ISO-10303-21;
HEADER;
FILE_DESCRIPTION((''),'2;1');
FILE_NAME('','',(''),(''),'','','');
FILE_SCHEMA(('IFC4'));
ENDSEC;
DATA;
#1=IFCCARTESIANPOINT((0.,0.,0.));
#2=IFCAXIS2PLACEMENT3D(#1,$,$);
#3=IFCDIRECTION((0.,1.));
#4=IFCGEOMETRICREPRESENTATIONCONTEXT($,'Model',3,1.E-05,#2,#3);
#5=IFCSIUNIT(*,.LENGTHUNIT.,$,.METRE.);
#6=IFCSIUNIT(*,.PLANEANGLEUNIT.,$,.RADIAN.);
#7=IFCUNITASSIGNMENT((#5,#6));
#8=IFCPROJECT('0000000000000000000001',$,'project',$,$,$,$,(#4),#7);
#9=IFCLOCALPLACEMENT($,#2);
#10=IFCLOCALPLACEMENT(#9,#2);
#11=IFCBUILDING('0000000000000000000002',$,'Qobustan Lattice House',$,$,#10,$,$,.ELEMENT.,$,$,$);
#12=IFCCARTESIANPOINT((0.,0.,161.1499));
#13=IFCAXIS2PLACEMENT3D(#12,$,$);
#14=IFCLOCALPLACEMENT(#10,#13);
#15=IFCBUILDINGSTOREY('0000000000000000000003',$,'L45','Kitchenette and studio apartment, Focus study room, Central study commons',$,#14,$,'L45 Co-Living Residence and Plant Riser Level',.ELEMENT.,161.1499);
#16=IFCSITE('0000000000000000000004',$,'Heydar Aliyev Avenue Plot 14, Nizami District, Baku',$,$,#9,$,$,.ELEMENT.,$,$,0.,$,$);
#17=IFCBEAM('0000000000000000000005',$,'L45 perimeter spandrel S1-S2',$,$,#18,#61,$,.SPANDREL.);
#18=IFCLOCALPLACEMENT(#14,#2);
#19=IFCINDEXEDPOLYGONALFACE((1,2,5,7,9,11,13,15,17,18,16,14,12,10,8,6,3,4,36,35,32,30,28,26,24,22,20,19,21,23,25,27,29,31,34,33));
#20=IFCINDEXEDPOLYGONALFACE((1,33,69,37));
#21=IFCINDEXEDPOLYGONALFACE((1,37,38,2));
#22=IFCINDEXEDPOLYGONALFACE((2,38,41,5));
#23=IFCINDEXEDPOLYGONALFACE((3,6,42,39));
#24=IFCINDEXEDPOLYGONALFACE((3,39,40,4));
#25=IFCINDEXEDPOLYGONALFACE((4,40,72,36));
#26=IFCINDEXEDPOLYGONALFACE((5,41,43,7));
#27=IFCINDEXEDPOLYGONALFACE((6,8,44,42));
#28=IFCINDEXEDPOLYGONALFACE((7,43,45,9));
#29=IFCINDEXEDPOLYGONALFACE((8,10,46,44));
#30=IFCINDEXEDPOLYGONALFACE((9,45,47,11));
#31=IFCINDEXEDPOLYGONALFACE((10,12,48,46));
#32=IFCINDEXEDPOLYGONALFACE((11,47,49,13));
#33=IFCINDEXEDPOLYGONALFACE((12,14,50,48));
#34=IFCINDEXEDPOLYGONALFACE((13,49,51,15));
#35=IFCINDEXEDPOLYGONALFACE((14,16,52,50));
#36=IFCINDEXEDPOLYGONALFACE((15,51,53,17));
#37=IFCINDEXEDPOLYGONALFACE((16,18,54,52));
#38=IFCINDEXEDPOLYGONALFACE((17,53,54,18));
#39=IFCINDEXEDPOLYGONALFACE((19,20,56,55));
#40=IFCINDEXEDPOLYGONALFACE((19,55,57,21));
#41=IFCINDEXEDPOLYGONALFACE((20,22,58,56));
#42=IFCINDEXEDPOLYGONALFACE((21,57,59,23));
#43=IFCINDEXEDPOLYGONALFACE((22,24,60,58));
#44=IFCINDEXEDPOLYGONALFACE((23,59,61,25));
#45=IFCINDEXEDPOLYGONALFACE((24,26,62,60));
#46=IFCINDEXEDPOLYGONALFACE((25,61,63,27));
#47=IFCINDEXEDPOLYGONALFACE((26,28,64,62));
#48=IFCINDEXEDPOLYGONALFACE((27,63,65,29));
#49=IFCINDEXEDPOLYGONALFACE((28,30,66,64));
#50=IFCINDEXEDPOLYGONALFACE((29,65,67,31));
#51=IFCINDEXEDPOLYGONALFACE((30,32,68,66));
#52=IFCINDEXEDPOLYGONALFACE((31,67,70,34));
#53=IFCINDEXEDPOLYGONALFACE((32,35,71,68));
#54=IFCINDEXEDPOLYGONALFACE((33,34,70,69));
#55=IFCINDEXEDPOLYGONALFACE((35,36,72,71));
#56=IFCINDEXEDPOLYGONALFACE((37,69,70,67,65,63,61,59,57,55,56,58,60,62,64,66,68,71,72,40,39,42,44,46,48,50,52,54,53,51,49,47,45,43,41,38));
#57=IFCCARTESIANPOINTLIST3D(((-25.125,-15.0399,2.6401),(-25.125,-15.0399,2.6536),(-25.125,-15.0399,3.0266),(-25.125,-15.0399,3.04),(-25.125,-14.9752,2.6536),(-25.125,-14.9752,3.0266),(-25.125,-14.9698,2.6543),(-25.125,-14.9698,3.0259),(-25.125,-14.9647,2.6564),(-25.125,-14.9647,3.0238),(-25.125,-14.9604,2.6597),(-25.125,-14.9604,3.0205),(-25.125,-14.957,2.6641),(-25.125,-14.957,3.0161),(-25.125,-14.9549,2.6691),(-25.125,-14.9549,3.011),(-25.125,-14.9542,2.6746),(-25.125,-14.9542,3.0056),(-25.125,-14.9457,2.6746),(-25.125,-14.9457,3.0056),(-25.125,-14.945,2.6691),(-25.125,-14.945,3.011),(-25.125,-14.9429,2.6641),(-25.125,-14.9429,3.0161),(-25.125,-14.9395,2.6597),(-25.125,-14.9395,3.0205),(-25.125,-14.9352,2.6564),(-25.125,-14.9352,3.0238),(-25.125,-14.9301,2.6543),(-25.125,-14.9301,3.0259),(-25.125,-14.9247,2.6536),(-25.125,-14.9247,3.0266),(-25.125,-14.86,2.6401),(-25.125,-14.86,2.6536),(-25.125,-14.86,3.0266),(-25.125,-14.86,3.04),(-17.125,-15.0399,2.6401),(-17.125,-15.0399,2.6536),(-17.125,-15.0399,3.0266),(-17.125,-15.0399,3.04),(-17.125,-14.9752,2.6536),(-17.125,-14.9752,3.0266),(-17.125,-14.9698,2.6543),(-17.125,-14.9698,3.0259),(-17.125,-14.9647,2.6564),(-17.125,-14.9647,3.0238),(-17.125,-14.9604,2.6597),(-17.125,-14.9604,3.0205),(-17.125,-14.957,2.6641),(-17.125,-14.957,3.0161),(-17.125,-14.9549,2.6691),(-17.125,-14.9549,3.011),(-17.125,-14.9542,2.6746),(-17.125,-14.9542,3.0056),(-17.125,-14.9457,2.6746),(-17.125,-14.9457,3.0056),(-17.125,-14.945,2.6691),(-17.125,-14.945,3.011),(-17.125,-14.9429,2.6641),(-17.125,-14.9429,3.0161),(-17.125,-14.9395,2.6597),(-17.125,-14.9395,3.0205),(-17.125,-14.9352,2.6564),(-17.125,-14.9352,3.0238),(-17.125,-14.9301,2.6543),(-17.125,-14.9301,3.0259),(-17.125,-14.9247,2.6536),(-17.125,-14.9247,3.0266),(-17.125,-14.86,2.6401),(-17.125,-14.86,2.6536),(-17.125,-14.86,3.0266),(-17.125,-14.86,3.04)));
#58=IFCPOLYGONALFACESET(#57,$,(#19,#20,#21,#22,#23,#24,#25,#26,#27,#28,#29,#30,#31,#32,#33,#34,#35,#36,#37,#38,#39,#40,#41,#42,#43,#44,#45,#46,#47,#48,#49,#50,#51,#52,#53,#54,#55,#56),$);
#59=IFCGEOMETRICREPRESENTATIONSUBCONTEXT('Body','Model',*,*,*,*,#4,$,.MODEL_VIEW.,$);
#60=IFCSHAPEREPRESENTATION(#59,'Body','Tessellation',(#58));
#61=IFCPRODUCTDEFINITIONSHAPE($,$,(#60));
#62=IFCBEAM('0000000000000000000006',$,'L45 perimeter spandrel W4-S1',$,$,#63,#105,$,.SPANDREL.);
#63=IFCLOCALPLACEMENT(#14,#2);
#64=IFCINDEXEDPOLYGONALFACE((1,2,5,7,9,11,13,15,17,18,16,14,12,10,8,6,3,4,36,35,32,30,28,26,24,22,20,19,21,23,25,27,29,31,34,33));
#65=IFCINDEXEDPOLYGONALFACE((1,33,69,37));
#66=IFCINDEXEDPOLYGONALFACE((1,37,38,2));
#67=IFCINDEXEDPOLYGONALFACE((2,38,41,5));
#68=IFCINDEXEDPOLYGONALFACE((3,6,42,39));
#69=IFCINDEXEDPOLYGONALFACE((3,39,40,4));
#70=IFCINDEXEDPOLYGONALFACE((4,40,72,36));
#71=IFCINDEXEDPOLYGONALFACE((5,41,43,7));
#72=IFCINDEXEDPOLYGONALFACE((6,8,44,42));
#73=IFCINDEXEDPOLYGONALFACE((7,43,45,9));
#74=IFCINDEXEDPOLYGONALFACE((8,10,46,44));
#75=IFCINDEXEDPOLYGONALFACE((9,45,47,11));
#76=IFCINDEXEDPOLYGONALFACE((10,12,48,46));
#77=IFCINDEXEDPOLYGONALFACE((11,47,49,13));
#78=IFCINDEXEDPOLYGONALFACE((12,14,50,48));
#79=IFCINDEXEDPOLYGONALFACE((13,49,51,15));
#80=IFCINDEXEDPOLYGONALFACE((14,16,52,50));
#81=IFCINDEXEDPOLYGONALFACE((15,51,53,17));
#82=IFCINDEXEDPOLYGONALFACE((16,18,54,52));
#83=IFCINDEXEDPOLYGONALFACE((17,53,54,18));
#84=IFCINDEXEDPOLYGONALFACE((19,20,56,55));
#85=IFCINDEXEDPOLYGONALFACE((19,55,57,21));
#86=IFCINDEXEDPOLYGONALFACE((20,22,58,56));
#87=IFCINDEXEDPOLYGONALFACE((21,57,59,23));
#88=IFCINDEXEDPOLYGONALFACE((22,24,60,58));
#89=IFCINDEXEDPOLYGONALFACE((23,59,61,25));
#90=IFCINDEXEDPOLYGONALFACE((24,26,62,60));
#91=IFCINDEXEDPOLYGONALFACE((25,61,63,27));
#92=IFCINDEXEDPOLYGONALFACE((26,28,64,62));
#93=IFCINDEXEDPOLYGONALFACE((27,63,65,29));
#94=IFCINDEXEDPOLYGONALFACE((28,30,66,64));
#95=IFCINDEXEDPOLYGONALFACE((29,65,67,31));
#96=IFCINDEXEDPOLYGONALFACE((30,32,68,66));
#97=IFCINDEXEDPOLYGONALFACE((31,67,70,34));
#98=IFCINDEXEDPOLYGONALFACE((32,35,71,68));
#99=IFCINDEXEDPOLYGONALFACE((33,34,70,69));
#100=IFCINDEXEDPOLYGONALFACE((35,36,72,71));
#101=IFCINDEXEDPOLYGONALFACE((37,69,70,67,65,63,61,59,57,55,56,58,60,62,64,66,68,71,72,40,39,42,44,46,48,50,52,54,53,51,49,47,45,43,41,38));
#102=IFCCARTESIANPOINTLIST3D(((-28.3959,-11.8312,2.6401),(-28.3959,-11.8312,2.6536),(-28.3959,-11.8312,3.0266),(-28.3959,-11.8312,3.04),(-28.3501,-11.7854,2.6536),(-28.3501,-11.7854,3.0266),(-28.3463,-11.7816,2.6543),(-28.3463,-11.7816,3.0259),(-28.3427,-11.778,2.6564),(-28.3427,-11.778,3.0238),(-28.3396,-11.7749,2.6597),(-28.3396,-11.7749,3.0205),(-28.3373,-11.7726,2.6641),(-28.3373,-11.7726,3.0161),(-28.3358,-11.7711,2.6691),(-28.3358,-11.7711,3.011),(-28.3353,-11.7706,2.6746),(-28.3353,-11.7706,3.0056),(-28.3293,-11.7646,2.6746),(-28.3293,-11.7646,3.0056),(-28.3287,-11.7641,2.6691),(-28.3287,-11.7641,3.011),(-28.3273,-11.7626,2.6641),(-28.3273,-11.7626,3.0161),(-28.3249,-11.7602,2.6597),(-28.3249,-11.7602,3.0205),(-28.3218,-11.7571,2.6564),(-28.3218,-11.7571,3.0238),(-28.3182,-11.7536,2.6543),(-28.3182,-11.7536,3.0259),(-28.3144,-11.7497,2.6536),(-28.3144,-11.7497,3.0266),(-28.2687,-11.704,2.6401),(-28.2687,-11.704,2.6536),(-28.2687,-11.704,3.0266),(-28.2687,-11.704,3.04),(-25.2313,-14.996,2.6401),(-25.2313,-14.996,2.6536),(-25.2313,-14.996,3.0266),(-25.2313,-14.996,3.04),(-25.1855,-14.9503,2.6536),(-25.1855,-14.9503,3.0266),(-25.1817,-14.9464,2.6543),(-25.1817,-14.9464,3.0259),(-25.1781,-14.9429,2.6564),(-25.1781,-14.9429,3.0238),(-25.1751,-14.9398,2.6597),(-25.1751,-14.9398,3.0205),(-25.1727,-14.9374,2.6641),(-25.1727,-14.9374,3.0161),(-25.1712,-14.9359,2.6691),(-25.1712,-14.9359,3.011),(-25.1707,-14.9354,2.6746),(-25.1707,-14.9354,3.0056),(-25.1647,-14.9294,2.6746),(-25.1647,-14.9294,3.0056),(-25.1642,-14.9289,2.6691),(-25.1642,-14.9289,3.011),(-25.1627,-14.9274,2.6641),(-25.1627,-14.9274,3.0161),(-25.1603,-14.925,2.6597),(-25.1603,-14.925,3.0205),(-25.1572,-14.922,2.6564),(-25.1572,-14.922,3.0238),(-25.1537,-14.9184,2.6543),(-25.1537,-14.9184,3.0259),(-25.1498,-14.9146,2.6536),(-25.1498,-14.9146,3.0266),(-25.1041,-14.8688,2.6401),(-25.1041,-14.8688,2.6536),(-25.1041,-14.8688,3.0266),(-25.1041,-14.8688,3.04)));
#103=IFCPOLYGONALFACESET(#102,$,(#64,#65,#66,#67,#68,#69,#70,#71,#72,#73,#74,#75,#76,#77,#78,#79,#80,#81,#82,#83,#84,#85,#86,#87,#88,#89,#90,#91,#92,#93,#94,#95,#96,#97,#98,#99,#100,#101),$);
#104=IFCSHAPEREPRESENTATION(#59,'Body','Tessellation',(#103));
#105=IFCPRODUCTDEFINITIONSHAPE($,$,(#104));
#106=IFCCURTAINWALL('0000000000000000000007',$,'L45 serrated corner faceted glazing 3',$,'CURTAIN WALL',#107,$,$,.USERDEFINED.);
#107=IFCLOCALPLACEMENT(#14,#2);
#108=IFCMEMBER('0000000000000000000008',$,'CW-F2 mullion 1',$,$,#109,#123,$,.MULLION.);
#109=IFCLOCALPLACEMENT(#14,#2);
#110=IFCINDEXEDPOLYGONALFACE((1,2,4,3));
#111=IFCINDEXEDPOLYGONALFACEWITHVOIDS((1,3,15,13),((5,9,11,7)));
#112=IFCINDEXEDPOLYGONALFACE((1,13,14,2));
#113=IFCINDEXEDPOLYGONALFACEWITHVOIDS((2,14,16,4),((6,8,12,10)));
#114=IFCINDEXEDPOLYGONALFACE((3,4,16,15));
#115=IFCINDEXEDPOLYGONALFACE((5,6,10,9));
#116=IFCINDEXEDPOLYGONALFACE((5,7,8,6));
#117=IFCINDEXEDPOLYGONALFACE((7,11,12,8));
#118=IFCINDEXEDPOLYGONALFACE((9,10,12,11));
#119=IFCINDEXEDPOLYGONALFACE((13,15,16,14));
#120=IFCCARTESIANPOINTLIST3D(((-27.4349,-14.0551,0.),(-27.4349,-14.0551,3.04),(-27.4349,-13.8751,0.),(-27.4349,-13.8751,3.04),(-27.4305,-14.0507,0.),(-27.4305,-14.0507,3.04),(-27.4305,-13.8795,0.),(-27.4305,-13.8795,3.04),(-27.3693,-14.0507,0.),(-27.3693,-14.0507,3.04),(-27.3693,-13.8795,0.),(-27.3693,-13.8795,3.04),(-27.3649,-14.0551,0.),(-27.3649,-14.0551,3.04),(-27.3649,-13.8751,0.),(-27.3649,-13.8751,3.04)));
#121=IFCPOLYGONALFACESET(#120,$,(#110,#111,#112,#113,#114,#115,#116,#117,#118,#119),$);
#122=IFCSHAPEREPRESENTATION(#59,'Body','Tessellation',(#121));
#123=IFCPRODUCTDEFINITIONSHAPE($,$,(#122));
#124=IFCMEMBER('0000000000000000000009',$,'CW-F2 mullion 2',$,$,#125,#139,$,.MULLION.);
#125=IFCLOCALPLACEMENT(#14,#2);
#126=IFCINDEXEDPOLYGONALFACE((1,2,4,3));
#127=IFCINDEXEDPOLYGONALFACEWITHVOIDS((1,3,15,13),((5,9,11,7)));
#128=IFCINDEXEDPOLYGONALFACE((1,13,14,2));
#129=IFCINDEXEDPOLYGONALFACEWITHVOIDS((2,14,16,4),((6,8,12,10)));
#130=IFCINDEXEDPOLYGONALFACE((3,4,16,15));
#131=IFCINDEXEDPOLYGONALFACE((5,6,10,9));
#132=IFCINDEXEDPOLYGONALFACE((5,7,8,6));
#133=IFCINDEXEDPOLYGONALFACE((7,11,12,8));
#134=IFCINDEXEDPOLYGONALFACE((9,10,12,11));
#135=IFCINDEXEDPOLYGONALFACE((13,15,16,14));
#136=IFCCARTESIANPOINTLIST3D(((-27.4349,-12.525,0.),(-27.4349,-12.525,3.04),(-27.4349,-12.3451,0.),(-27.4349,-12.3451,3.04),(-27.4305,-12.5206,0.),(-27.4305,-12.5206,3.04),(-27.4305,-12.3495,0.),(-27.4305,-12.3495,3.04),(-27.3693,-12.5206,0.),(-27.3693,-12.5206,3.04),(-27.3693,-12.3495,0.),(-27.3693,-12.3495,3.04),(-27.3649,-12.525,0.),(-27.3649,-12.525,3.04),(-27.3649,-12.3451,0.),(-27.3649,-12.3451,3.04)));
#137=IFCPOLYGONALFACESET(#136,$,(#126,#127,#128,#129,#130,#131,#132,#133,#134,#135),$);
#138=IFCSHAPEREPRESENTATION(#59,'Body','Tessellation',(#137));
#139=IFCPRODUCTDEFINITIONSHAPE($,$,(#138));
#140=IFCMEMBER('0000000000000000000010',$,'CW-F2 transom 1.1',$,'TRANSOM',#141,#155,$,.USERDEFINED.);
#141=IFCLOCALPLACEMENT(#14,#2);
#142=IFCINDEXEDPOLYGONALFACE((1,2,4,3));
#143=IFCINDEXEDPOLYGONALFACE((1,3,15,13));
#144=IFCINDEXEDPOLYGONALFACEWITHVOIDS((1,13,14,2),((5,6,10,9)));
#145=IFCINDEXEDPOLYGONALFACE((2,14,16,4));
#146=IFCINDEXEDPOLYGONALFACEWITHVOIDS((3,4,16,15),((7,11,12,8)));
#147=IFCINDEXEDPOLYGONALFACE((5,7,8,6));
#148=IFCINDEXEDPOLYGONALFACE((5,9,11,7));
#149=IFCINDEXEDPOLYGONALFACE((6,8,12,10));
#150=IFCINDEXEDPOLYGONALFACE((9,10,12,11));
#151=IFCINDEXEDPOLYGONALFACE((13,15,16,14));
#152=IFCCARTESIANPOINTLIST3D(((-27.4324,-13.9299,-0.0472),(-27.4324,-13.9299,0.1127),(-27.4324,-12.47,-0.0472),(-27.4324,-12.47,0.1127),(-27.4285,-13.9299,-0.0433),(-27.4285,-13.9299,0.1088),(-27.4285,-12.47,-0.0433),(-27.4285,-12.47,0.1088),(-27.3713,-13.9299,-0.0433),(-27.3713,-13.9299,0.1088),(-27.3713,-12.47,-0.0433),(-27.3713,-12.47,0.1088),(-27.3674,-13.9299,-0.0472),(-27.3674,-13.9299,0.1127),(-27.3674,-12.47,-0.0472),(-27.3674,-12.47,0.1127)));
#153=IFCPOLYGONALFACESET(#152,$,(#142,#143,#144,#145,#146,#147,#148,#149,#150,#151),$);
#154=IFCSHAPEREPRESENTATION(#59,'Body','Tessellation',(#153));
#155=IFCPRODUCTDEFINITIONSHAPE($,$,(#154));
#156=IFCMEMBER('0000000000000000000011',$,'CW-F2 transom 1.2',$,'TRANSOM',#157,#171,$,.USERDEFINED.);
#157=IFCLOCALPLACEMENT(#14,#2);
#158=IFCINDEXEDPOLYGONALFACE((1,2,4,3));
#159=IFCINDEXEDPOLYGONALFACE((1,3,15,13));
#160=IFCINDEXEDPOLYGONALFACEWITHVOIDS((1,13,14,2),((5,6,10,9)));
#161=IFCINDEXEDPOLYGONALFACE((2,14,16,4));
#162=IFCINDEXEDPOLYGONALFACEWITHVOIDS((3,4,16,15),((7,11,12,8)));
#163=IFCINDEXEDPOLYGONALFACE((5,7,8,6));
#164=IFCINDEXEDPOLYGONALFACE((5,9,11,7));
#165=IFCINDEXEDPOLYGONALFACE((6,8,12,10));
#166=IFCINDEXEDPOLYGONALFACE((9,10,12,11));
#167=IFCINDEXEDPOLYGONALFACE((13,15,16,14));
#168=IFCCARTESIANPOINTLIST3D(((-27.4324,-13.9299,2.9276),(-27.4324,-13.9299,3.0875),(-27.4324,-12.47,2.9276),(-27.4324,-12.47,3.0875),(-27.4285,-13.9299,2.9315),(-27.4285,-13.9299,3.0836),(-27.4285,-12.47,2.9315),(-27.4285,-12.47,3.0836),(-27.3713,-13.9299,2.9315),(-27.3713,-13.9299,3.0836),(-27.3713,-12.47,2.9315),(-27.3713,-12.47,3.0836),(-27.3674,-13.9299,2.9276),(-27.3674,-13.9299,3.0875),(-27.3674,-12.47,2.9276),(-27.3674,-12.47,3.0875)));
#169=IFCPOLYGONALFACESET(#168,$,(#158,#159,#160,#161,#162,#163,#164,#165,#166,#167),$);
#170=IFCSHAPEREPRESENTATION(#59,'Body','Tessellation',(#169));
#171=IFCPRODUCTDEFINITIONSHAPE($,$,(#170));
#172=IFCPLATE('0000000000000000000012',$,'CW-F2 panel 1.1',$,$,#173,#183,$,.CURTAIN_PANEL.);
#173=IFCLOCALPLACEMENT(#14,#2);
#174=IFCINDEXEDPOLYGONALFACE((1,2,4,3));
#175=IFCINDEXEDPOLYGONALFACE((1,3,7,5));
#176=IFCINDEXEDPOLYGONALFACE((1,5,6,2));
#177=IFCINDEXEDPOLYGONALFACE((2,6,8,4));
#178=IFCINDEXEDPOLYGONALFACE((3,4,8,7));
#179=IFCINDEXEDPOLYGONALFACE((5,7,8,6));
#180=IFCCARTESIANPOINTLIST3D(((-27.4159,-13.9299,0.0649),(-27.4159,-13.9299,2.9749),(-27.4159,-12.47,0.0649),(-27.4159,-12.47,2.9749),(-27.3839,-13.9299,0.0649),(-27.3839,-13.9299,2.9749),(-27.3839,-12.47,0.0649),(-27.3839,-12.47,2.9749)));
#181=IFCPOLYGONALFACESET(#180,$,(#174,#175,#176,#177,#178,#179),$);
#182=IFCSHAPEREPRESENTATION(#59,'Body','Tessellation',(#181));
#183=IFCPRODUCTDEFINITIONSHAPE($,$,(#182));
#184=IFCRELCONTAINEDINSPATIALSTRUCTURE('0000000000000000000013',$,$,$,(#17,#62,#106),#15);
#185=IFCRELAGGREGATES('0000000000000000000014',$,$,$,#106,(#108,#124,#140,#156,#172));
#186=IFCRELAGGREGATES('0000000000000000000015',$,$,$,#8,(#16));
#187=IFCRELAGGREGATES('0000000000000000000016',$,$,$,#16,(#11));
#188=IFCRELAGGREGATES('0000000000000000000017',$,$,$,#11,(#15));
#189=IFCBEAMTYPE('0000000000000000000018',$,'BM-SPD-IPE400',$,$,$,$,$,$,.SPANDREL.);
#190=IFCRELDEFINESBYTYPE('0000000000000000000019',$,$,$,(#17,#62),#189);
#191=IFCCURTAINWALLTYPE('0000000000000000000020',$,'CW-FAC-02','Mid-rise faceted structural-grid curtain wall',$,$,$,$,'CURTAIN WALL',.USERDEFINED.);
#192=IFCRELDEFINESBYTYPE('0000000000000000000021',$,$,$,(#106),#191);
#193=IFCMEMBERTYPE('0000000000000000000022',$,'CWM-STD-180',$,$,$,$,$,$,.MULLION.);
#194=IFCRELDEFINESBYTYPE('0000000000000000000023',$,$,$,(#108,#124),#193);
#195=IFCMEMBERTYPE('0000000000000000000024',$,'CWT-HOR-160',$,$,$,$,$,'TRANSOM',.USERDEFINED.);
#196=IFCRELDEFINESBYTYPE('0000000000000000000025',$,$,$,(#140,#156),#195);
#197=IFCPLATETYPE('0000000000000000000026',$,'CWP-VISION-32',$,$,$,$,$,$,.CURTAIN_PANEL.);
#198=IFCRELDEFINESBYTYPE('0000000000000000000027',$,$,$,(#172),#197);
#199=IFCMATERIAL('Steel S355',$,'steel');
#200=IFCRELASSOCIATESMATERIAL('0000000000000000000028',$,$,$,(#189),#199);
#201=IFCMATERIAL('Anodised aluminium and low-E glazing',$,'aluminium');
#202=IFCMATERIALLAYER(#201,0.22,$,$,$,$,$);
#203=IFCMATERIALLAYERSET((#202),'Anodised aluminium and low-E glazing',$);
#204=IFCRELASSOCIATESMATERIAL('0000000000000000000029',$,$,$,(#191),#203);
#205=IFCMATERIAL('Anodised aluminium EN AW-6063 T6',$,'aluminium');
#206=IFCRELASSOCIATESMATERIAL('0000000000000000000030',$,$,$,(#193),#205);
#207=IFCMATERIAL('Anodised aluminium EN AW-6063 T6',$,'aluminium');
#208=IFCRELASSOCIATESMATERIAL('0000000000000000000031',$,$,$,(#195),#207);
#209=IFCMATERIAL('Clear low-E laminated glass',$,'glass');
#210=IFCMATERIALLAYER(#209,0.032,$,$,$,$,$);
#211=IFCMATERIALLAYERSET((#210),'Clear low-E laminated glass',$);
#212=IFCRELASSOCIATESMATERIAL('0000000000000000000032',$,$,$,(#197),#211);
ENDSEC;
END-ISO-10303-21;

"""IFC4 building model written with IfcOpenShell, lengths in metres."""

from ifc_helpers import new_model, si_unit, direction, frame, origin, origin_2d, place, context, subcontext, project, spatial, rectangle, hollow_rectangle, i_section, extrude, material, layer, layer_set, material_profile, profile_set, type_object, element, aggregate, save


model = new_model("IFC4")

# Units and contexts
model_context = context("Model", 3, precision=1e-05, world=origin(), true_north=direction((0.0, 1.0)))
body_context = subcontext(model_context, "Body", "Model", "MODEL_VIEW")
ifc_project = project(units=[si_unit("LENGTHUNIT", "METRE"), si_unit("PLANEANGLEUNIT", "RADIAN")], contexts=[model_context])

# Site, building, storey
site_placement = place(None, origin())
site = spatial("IfcSite", under=ifc_project, at=site_placement, Name="Heydar Aliyev Avenue Plot 14, Nizami District, Baku", CompositionType="ELEMENT", RefElevation=0.0)
building_placement = place(site_placement, origin())
building = spatial("IfcBuilding", under=site, at=building_placement, Name="Qobustan Lattice House", CompositionType="ELEMENT")
storey_placement = place(building_placement, frame((0.0, 0.0, 161.1499)))
storey = spatial("IfcBuildingStorey", under=building, at=storey_placement, Name="L45", Description="Kitchenette and studio apartment, Focus study room, Central study commons", LongName="L45 Co-Living Residence and Plant Riser Level", CompositionType="ELEMENT", Elevation=161.1499)

# Beams
ifc_material_1 = material(Name="Steel S355", Category="steel")
ifc_material_profile_1 = material_profile(ifc_material_1, i_section(OverallWidth=0.1799, OverallDepth=0.3999, WebThickness=0.0085, FlangeThickness=0.0134, FilletRadius=0.021, at=origin_2d()), Name="IPE400")
ifc_profile_set_1 = profile_set([ifc_material_profile_1], Name="Steel S355")
beam_type_1 = type_object("IfcBeamType", Name="BM-SPD-IPE400", PredefinedType="SPANDREL", material=ifc_profile_set_1)
beam_1_placement = place(storey_placement, frame((-25.125, -14.95, 2.8401), z_axis=(1.0, 0.0, 0.0), x_axis=(0.0, 1.0, 0.0)))
element("IfcBeam", 1, at=beam_1_placement, inside=storey, type_object=beam_type_1, Name="L45 perimeter spandrel S1-S2", PredefinedType="SPANDREL", context=body_context, shape_type="SweptSolid", body=[
    extrude(i_section(OverallWidth=0.1799, OverallDepth=0.3999, WebThickness=0.0085, FlangeThickness=0.0134, FilletRadius=0.021, at=origin_2d()), origin(), (0.0, 0.0, 1.0), 8.0),
])
beam_2_placement = place(storey_placement, frame((-28.3323, -11.7676, 2.8401), z_axis=(0.70708, -0.707134, 0.0), x_axis=(0.707134, 0.70708, 0.0)))
element("IfcBeam", 2, at=beam_2_placement, inside=storey, type_object=beam_type_1, Name="L45 perimeter spandrel W4-S1", PredefinedType="SPANDREL", context=body_context, shape_type="SweptSolid", body=[
    extrude(i_section(OverallWidth=0.1799, OverallDepth=0.3999, WebThickness=0.0085, FlangeThickness=0.0134, FilletRadius=0.021, at=origin_2d()), origin(), (0.0, 0.0, 1.0), 4.4756),
])

# Curtain wall, members, plate
ifc_material_2 = material(Name="Anodised aluminium and low-E glazing", Category="aluminium")
ifc_layer_1 = layer(ifc_material_2, 0.22)
ifc_layer_set_1 = layer_set([ifc_layer_1], Name="Anodised aluminium and low-E glazing")
curtain_wall_type = type_object("IfcCurtainWallType", Name="CW-FAC-02", Description="Mid-rise faceted structural-grid curtain wall", ElementType="CURTAIN WALL", PredefinedType="USERDEFINED", material=ifc_layer_set_1)
curtain_wall_placement = place(storey_placement, origin())
curtain_wall = element("IfcCurtainWall", 3, at=curtain_wall_placement, inside=storey, type_object=curtain_wall_type, Name="L45 serrated corner faceted glazing 3", ObjectType="CURTAIN WALL", PredefinedType="USERDEFINED")
ifc_material_3 = material(Name="Anodised aluminium EN AW-6063 T6", Category="aluminium")
ifc_material_profile_2 = material_profile(ifc_material_3, hollow_rectangle(XDim=0.0701, YDim=0.1799, WallThickness=0.0044, at=origin_2d()), Name="CWM-180x70")
ifc_profile_set_2 = profile_set([ifc_material_profile_2], Name="Anodised aluminium EN AW-6063 T6")
member_type_1 = type_object("IfcMemberType", Name="CWM-STD-180", PredefinedType="MULLION", material=ifc_profile_set_2)
member_1_placement = place(storey_placement, frame((-27.3999, -13.9651, 0.0), z_axis=(0.0, 0.0, 1.0), x_axis=(-1.0, 0.0, 0.0)))
member_1 = element("IfcMember", 4, at=member_1_placement, type_object=member_type_1, Name="CW-F2 mullion 1", PredefinedType="MULLION", context=body_context, shape_type="SweptSolid", body=[
    extrude(hollow_rectangle(XDim=0.0701, YDim=0.1799, WallThickness=0.0044, at=origin_2d()), origin(), (0.0, 0.0, 1.0), 3.04),
])
member_2_placement = place(storey_placement, frame((-27.3999, -12.4351, 0.0), z_axis=(0.0, 0.0, 1.0), x_axis=(-1.0, 0.0, 0.0)))
member_2 = element("IfcMember", 5, at=member_2_placement, type_object=member_type_1, Name="CW-F2 mullion 2", PredefinedType="MULLION", context=body_context, shape_type="SweptSolid", body=[
    extrude(hollow_rectangle(XDim=0.0701, YDim=0.1799, WallThickness=0.0044, at=origin_2d()), origin(), (0.0, 0.0, 1.0), 3.04),
])
ifc_material_4 = material(Name="Anodised aluminium EN AW-6063 T6", Category="aluminium")
ifc_material_profile_3 = material_profile(ifc_material_4, hollow_rectangle(XDim=0.0649, YDim=0.1599, WallThickness=0.0039, at=origin_2d()), Name="CWT-160x65")
ifc_profile_set_3 = profile_set([ifc_material_profile_3], Name="Anodised aluminium EN AW-6063 T6")
member_type_2 = type_object("IfcMemberType", Name="CWT-HOR-160", ElementType="TRANSOM", PredefinedType="USERDEFINED", material=ifc_profile_set_3)
member_3_placement = place(storey_placement, frame((-27.3999, -13.9299, 0.0327), z_axis=(0.0, 1.0, 0.0), x_axis=(-1.0, 0.0, 0.0)))
member_3 = element("IfcMember", 6, at=member_3_placement, type_object=member_type_2, Name="CW-F2 transom 1.1", ObjectType="TRANSOM", PredefinedType="USERDEFINED", context=body_context, shape_type="SweptSolid", body=[
    extrude(hollow_rectangle(XDim=0.0649, YDim=0.1599, WallThickness=0.0039, at=origin_2d()), origin(), (0.0, 0.0, 1.0), 1.46),
])
member_4_placement = place(storey_placement, frame((-27.3999, -13.9299, 3.0076), z_axis=(0.0, 1.0, 0.0), x_axis=(-1.0, 0.0, 0.0)))
member_4 = element("IfcMember", 7, at=member_4_placement, type_object=member_type_2, Name="CW-F2 transom 1.2", ObjectType="TRANSOM", PredefinedType="USERDEFINED", context=body_context, shape_type="SweptSolid", body=[
    extrude(hollow_rectangle(XDim=0.0649, YDim=0.1599, WallThickness=0.0039, at=origin_2d()), origin(), (0.0, 0.0, 1.0), 1.46),
])
ifc_material_5 = material(Name="Clear low-E laminated glass", Category="glass")
ifc_layer_2 = layer(ifc_material_5, 0.032)
ifc_layer_set_2 = layer_set([ifc_layer_2], Name="Clear low-E laminated glass")
plate_type = type_object("IfcPlateType", Name="CWP-VISION-32", PredefinedType="CURTAIN_PANEL", material=ifc_layer_set_2)
plate_placement = place(storey_placement, frame((-27.3999, -13.2, 0.0649), z_axis=(0.0, 0.0, 1.0), x_axis=(0.0, 1.0, 0.0)))
plate = element("IfcPlate", 8, at=plate_placement, type_object=plate_type, Name="CW-F2 panel 1.1", PredefinedType="CURTAIN_PANEL", context=body_context, shape_type="SweptSolid", body=[
    extrude(rectangle(XDim=1.46, YDim=0.032, at=origin_2d()), origin(), (0.0, 0.0, 1.0), 2.9099),
])
aggregate(curtain_wall, [member_1, member_2, member_3, member_4, plate])

save(model, "model.ifc")
